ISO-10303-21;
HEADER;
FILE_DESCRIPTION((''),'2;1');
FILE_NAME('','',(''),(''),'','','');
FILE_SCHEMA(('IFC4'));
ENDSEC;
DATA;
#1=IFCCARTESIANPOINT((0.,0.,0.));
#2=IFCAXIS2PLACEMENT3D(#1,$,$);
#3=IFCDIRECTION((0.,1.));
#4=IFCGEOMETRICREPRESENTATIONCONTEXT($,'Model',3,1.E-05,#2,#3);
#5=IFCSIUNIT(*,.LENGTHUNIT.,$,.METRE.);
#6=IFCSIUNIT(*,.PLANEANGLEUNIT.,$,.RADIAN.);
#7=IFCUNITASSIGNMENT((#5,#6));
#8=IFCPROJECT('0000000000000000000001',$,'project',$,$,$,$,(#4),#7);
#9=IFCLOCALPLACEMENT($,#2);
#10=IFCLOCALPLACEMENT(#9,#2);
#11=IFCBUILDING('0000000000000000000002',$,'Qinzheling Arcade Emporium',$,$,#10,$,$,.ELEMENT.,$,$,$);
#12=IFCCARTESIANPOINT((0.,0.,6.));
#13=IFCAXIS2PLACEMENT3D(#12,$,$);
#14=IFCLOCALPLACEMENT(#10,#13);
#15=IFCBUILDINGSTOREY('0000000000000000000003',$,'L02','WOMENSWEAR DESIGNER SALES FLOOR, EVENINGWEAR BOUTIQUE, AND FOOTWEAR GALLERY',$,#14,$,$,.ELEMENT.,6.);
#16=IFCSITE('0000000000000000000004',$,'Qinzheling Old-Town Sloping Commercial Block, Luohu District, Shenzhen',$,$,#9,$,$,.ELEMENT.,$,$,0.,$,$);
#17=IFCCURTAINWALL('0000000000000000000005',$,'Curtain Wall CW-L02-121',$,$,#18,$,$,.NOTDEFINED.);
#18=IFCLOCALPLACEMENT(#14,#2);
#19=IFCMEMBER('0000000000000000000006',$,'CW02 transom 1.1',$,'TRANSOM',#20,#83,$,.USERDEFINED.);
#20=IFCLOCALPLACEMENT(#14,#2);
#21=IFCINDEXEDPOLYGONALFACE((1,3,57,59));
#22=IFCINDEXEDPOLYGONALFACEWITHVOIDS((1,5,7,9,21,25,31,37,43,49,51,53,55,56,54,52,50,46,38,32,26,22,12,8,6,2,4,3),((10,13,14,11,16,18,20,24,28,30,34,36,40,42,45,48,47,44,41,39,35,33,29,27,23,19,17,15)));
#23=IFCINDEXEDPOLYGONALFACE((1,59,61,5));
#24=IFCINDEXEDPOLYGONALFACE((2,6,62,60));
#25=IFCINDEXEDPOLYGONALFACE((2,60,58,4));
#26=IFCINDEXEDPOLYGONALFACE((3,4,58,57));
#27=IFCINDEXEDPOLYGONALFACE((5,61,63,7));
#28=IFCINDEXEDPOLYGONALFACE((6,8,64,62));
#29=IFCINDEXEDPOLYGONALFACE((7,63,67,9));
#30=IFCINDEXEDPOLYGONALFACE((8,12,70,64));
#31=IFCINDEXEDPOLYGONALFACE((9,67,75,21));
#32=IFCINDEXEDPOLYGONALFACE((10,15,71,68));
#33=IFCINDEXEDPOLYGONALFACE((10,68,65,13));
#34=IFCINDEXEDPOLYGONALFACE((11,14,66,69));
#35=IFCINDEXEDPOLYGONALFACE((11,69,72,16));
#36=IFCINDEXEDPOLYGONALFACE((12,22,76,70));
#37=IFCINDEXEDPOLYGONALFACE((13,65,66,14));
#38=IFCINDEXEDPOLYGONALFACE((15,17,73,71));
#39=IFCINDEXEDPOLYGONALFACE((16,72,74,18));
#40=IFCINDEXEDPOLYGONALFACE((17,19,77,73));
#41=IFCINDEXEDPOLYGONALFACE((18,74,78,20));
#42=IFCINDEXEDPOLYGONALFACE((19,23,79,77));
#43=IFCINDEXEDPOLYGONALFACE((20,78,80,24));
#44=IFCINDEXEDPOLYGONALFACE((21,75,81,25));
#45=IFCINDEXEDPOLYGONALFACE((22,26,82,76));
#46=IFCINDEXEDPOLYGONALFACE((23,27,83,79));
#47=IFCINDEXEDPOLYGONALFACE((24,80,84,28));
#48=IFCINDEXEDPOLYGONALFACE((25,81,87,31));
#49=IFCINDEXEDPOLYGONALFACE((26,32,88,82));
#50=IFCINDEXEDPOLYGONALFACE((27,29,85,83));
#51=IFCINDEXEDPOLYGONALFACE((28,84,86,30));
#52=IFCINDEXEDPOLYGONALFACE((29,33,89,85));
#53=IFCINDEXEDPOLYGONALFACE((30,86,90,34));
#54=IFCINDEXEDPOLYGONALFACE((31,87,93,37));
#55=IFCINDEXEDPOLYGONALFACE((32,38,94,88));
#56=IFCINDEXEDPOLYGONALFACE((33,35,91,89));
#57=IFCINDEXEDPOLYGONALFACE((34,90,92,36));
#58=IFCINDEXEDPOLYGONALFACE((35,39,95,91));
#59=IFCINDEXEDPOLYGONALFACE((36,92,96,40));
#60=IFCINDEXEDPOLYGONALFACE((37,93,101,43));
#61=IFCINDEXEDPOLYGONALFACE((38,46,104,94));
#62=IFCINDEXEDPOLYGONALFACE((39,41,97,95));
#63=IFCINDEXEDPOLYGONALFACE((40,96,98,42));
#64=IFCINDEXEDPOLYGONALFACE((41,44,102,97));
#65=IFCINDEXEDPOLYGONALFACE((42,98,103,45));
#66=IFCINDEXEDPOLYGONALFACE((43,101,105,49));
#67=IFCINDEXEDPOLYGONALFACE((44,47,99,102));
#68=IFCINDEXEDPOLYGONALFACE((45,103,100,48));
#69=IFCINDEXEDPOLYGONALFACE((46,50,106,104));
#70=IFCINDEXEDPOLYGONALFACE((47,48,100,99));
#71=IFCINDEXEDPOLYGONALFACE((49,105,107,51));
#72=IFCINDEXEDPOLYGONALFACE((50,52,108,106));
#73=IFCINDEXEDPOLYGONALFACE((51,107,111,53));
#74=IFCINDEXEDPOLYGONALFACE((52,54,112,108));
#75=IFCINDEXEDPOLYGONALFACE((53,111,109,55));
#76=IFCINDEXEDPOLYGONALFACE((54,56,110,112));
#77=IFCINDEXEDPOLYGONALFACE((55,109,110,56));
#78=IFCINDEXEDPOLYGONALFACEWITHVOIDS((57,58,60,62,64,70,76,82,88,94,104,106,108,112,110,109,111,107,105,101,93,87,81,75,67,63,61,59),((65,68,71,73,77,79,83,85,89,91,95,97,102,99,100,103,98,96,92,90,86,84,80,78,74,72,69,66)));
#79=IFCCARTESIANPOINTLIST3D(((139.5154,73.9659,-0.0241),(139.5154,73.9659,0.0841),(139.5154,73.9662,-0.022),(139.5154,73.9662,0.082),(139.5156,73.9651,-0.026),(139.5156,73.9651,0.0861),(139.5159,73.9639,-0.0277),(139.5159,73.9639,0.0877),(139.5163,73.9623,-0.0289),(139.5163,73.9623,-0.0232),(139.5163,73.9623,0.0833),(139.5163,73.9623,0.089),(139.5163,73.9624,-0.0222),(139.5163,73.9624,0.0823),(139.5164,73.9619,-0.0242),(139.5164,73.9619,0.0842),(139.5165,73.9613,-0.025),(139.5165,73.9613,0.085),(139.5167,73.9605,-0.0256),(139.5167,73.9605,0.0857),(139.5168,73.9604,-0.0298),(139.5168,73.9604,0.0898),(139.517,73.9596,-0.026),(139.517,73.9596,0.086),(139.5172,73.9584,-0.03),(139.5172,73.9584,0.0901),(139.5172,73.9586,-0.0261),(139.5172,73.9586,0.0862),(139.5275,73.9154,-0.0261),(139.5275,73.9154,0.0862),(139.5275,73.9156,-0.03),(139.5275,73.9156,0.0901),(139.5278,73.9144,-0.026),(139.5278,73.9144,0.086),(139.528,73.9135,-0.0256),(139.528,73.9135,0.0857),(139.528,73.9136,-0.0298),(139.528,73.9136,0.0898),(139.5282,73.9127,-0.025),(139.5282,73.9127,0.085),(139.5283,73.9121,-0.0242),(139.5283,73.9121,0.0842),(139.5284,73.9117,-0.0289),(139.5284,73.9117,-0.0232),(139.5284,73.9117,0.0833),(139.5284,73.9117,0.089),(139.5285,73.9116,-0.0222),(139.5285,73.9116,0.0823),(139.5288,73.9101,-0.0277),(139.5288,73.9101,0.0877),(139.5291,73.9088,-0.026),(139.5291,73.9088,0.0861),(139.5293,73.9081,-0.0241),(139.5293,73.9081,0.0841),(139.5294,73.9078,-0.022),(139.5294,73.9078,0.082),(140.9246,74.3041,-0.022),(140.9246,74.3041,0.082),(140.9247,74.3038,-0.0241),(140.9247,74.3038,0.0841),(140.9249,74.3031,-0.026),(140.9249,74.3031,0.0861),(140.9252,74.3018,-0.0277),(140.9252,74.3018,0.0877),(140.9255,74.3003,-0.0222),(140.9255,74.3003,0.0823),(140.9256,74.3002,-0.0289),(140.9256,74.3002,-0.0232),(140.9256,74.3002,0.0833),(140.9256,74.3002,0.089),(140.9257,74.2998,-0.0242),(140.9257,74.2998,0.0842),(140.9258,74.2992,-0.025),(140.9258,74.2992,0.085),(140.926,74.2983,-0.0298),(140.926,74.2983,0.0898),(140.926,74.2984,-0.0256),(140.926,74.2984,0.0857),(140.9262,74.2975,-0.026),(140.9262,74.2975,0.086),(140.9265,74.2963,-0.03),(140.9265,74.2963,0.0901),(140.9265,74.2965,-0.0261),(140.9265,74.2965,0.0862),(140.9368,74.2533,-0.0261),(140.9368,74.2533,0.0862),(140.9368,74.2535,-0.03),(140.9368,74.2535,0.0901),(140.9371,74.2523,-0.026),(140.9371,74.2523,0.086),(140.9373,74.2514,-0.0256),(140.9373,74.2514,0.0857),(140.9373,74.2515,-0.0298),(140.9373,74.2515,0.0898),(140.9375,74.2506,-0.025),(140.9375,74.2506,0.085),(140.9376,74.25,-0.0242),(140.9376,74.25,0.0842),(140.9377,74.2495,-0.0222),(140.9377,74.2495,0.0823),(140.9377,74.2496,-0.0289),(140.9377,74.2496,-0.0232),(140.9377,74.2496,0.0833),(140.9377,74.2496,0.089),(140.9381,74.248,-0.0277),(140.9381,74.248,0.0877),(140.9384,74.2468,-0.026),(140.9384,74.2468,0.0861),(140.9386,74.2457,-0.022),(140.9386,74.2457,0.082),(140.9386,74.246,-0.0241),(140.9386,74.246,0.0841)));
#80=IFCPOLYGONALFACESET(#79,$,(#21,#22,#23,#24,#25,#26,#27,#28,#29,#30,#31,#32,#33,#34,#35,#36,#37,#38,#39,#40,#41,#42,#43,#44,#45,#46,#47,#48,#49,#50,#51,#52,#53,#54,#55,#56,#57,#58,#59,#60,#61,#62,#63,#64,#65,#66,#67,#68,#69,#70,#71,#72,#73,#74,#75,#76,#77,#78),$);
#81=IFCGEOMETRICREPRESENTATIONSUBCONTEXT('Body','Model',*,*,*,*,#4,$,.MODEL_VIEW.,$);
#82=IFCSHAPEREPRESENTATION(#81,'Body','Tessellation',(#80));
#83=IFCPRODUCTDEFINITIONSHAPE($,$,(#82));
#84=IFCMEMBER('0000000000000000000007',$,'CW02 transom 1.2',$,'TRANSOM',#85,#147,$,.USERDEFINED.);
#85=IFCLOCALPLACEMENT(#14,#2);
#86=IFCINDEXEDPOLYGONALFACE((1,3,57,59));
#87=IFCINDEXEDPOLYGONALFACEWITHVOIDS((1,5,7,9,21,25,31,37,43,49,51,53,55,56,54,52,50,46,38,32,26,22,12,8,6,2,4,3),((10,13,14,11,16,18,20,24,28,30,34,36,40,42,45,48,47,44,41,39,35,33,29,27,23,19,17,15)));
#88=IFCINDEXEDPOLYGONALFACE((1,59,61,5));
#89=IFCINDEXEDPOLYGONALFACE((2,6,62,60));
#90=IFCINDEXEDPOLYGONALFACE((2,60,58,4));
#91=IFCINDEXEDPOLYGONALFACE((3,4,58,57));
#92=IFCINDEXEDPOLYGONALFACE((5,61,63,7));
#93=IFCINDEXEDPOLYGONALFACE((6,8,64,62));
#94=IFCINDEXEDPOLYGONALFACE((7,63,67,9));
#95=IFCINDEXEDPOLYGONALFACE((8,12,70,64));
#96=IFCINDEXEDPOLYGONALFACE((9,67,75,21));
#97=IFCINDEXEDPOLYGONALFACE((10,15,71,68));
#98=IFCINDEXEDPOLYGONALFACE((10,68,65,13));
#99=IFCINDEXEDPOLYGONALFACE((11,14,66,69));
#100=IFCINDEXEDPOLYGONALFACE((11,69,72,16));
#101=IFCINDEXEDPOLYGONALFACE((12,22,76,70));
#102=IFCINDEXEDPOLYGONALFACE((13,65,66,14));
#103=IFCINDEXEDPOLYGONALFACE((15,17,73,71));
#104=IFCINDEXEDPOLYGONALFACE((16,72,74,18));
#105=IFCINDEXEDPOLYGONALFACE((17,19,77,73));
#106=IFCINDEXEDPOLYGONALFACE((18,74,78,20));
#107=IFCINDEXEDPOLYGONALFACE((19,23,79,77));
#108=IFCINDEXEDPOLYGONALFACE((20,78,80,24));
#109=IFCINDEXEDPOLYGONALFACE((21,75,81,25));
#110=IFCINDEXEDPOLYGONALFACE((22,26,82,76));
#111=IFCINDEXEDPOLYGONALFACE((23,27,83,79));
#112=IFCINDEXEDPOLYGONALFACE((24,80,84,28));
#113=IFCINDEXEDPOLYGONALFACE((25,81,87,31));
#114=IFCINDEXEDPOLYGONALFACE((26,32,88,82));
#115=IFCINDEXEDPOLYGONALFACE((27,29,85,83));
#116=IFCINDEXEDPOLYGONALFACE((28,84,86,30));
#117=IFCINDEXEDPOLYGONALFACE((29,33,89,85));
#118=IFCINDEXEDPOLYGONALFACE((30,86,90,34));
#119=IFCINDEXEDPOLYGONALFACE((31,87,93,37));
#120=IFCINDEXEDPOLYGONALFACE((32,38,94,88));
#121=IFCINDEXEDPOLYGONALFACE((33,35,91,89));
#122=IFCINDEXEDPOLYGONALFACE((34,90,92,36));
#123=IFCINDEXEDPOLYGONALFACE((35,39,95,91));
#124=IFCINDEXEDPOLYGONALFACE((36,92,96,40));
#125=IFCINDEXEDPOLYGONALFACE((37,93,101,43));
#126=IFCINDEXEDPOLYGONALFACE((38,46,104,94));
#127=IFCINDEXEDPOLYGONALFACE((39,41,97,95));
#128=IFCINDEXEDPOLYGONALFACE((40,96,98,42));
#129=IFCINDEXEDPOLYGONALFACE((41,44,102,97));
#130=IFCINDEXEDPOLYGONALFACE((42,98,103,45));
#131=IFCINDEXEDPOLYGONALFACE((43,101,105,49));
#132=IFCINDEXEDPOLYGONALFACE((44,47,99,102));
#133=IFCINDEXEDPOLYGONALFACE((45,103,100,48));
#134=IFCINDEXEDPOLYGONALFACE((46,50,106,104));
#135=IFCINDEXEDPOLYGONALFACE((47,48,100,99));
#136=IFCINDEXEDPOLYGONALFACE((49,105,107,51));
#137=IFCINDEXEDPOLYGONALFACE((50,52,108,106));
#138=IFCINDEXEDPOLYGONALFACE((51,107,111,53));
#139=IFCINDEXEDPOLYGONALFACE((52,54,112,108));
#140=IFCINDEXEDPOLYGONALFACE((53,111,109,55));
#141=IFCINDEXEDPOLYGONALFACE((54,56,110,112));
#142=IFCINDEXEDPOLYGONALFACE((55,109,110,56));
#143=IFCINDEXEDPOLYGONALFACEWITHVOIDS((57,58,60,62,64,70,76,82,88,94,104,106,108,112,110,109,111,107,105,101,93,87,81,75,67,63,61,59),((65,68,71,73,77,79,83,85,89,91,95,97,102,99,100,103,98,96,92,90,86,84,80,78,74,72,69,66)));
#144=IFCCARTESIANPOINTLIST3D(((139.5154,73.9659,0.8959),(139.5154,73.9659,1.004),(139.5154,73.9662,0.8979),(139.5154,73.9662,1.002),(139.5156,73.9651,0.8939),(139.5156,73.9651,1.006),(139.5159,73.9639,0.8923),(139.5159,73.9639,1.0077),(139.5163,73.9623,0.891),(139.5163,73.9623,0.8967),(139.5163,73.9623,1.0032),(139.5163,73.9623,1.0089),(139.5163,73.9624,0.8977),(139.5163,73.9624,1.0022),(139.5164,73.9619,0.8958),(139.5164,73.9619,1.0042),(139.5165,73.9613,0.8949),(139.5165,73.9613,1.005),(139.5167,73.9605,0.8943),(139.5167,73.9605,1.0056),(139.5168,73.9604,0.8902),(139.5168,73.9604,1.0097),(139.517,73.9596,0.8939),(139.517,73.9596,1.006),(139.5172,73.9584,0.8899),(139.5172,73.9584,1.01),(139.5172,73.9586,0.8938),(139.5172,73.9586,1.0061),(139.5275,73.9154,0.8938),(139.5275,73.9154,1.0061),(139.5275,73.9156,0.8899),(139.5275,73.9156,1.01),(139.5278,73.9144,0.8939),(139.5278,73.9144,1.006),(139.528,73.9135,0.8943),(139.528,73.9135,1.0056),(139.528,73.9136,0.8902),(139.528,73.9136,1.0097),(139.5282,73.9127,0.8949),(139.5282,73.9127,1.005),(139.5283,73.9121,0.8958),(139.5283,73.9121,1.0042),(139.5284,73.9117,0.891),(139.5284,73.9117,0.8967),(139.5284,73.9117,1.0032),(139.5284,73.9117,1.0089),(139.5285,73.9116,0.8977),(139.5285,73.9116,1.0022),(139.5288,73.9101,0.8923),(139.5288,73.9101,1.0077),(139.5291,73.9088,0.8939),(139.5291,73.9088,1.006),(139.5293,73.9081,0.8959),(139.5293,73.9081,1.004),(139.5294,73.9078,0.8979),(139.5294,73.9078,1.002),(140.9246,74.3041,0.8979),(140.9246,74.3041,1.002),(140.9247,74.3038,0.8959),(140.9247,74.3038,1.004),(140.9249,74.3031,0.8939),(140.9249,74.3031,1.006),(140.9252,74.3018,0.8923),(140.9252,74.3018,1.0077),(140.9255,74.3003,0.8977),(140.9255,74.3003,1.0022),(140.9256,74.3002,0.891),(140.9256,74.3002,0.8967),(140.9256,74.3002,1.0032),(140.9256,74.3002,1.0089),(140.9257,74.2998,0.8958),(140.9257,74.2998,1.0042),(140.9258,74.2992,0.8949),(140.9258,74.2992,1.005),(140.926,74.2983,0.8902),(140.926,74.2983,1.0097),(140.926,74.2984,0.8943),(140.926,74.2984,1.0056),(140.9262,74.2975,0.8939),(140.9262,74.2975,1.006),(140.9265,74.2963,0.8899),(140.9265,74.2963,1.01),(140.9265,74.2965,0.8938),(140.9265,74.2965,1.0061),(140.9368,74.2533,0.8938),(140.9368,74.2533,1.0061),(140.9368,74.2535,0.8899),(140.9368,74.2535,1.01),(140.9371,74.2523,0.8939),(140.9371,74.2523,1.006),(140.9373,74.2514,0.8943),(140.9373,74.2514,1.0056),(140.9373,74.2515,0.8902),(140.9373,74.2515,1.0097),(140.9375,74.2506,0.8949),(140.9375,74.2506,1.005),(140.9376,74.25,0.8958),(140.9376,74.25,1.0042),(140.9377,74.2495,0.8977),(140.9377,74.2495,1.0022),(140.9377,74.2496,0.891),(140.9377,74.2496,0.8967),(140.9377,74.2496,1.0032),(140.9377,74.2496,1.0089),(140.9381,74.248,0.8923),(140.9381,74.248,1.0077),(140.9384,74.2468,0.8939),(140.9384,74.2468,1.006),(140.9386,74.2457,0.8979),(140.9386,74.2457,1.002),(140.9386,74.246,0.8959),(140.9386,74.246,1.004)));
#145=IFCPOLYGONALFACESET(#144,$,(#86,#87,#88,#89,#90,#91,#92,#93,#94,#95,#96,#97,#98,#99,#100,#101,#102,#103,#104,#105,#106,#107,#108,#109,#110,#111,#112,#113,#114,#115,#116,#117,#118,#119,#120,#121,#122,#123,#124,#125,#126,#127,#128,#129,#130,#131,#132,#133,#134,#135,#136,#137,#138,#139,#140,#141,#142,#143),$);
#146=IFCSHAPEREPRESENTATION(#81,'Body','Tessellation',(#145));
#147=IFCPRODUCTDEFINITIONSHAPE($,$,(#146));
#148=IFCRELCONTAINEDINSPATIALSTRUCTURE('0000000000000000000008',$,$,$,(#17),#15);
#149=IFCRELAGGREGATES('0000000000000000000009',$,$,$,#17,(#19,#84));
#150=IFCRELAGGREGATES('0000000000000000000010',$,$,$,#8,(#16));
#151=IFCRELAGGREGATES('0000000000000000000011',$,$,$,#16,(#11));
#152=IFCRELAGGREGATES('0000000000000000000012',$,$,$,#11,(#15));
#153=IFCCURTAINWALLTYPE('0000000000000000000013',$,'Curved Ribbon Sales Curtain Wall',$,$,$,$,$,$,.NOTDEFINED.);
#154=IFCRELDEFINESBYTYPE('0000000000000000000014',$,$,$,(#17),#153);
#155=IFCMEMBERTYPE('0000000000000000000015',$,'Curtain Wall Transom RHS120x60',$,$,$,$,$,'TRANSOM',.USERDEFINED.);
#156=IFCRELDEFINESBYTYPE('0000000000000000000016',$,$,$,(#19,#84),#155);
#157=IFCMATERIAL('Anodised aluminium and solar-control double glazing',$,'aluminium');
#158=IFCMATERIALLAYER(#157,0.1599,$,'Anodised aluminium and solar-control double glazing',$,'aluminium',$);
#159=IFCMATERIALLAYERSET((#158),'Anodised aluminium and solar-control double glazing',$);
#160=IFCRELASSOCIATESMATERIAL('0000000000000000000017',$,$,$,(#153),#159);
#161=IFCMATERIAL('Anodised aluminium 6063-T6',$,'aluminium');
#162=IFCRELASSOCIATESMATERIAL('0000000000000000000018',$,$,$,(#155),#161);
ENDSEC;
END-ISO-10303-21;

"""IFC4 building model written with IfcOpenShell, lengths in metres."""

from ifc_helpers import new_model, si_unit, direction, frame, origin, origin_2d, place, context, subcontext, project, spatial, hollow_rectangle, extrude, material, layer, layer_set, material_profile, profile_set, type_object, element, aggregate, save


model = new_model("IFC4")

# Units and contexts
model_context = context("Model", 3, precision=1e-05, world=origin(), true_north=direction((0.0, 1.0)))
body_context = subcontext(model_context, "Body", "Model", "MODEL_VIEW")
ifc_project = project(units=[si_unit("LENGTHUNIT", "METRE"), si_unit("PLANEANGLEUNIT", "RADIAN")], contexts=[model_context])

# Site, building, storey
site_placement = place(None, origin())
site = spatial("IfcSite", under=ifc_project, at=site_placement, Name="Qinzheling Old-Town Sloping Commercial Block, Luohu District, Shenzhen", CompositionType="ELEMENT", RefElevation=0.0)
building_placement = place(site_placement, origin())
building = spatial("IfcBuilding", under=site, at=building_placement, Name="Qinzheling Arcade Emporium", CompositionType="ELEMENT")
storey_placement = place(building_placement, frame((0.0, 0.0, 6.0)))
storey = spatial("IfcBuildingStorey", under=building, at=storey_placement, Name="L02", Description="WOMENSWEAR DESIGNER SALES FLOOR, EVENINGWEAR BOUTIQUE, AND FOOTWEAR GALLERY", CompositionType="ELEMENT", Elevation=6.0)

# Shared definitions
ifc_material_1 = material(Name="Anodised aluminium and solar-control double glazing", Category="aluminium")
ifc_layer_1 = layer(ifc_material_1, 0.1599, Name="Anodised aluminium and solar-control double glazing", Category="aluminium")
ifc_layer_set_1 = layer_set([ifc_layer_1], Name="Anodised aluminium and solar-control double glazing")
curtain_wall_type_1 = type_object("IfcCurtainWallType", Name="Curved Ribbon Sales Curtain Wall", PredefinedType="NOTDEFINED", material=ifc_layer_set_1)
ifc_material_2 = material(Name="Anodised aluminium 6063-T6", Category="aluminium")

# Curtain wall
curtain_wall_1_placement = place(storey_placement, origin())
curtain_wall_1 = element("IfcCurtainWall", 1, at=curtain_wall_1_placement, inside=storey, type_object=curtain_wall_type_1, Name="Curtain Wall CW-L02-121", PredefinedType="NOTDEFINED")

# Members
ifc_material_profile_1 = material_profile(ifc_material_2, hollow_rectangle(XDim=0.0601, YDim=0.1201, WallThickness=0.0039, InnerFilletRadius=0.0039, OuterFilletRadius=0.0081, at=origin_2d()), Name="RHS 120x60x4", Category="aluminium")
ifc_profile_set_1 = profile_set([ifc_material_profile_1], Name="Anodised aluminium 6063-T6")
member_type_1 = type_object("IfcMemberType", Name="Curtain Wall Transom RHS120x60", ElementType="TRANSOM", PredefinedType="USERDEFINED", material=ifc_profile_set_1)
member_1_placement = place(storey_placement, frame((140.9316, 74.2749, 0.03), z_axis=(-0.972436, -0.233169, 0.0), x_axis=(0.233169, -0.972436, 0.0)))
member_1 = element("IfcMember", 2, at=member_1_placement, type_object=member_type_1, Name="CW02 transom 1.1", ObjectType="TRANSOM", PredefinedType="USERDEFINED", context=body_context, shape_type="SweptSolid", body=[
    extrude(hollow_rectangle(XDim=0.0601, YDim=0.1201, WallThickness=0.0039, InnerFilletRadius=0.0039, OuterFilletRadius=0.0081, at=origin_2d()), origin(), (0.0, 0.0, 1.0), 1.4492),
])
member_2_placement = place(storey_placement, frame((140.9316, 74.2749, 0.95), z_axis=(-0.972436, -0.233169, 0.0), x_axis=(0.233169, -0.972436, 0.0)))
member_2 = element("IfcMember", 3, at=member_2_placement, type_object=member_type_1, Name="CW02 transom 1.2", ObjectType="TRANSOM", PredefinedType="USERDEFINED", context=body_context, shape_type="SweptSolid", body=[
    extrude(hollow_rectangle(XDim=0.0601, YDim=0.1201, WallThickness=0.0039, InnerFilletRadius=0.0039, OuterFilletRadius=0.0081, at=origin_2d()), origin(), (0.0, 0.0, 1.0), 1.4492),
])

aggregate(curtain_wall_1, [member_1, member_2])

save(model, "model.ifc")
